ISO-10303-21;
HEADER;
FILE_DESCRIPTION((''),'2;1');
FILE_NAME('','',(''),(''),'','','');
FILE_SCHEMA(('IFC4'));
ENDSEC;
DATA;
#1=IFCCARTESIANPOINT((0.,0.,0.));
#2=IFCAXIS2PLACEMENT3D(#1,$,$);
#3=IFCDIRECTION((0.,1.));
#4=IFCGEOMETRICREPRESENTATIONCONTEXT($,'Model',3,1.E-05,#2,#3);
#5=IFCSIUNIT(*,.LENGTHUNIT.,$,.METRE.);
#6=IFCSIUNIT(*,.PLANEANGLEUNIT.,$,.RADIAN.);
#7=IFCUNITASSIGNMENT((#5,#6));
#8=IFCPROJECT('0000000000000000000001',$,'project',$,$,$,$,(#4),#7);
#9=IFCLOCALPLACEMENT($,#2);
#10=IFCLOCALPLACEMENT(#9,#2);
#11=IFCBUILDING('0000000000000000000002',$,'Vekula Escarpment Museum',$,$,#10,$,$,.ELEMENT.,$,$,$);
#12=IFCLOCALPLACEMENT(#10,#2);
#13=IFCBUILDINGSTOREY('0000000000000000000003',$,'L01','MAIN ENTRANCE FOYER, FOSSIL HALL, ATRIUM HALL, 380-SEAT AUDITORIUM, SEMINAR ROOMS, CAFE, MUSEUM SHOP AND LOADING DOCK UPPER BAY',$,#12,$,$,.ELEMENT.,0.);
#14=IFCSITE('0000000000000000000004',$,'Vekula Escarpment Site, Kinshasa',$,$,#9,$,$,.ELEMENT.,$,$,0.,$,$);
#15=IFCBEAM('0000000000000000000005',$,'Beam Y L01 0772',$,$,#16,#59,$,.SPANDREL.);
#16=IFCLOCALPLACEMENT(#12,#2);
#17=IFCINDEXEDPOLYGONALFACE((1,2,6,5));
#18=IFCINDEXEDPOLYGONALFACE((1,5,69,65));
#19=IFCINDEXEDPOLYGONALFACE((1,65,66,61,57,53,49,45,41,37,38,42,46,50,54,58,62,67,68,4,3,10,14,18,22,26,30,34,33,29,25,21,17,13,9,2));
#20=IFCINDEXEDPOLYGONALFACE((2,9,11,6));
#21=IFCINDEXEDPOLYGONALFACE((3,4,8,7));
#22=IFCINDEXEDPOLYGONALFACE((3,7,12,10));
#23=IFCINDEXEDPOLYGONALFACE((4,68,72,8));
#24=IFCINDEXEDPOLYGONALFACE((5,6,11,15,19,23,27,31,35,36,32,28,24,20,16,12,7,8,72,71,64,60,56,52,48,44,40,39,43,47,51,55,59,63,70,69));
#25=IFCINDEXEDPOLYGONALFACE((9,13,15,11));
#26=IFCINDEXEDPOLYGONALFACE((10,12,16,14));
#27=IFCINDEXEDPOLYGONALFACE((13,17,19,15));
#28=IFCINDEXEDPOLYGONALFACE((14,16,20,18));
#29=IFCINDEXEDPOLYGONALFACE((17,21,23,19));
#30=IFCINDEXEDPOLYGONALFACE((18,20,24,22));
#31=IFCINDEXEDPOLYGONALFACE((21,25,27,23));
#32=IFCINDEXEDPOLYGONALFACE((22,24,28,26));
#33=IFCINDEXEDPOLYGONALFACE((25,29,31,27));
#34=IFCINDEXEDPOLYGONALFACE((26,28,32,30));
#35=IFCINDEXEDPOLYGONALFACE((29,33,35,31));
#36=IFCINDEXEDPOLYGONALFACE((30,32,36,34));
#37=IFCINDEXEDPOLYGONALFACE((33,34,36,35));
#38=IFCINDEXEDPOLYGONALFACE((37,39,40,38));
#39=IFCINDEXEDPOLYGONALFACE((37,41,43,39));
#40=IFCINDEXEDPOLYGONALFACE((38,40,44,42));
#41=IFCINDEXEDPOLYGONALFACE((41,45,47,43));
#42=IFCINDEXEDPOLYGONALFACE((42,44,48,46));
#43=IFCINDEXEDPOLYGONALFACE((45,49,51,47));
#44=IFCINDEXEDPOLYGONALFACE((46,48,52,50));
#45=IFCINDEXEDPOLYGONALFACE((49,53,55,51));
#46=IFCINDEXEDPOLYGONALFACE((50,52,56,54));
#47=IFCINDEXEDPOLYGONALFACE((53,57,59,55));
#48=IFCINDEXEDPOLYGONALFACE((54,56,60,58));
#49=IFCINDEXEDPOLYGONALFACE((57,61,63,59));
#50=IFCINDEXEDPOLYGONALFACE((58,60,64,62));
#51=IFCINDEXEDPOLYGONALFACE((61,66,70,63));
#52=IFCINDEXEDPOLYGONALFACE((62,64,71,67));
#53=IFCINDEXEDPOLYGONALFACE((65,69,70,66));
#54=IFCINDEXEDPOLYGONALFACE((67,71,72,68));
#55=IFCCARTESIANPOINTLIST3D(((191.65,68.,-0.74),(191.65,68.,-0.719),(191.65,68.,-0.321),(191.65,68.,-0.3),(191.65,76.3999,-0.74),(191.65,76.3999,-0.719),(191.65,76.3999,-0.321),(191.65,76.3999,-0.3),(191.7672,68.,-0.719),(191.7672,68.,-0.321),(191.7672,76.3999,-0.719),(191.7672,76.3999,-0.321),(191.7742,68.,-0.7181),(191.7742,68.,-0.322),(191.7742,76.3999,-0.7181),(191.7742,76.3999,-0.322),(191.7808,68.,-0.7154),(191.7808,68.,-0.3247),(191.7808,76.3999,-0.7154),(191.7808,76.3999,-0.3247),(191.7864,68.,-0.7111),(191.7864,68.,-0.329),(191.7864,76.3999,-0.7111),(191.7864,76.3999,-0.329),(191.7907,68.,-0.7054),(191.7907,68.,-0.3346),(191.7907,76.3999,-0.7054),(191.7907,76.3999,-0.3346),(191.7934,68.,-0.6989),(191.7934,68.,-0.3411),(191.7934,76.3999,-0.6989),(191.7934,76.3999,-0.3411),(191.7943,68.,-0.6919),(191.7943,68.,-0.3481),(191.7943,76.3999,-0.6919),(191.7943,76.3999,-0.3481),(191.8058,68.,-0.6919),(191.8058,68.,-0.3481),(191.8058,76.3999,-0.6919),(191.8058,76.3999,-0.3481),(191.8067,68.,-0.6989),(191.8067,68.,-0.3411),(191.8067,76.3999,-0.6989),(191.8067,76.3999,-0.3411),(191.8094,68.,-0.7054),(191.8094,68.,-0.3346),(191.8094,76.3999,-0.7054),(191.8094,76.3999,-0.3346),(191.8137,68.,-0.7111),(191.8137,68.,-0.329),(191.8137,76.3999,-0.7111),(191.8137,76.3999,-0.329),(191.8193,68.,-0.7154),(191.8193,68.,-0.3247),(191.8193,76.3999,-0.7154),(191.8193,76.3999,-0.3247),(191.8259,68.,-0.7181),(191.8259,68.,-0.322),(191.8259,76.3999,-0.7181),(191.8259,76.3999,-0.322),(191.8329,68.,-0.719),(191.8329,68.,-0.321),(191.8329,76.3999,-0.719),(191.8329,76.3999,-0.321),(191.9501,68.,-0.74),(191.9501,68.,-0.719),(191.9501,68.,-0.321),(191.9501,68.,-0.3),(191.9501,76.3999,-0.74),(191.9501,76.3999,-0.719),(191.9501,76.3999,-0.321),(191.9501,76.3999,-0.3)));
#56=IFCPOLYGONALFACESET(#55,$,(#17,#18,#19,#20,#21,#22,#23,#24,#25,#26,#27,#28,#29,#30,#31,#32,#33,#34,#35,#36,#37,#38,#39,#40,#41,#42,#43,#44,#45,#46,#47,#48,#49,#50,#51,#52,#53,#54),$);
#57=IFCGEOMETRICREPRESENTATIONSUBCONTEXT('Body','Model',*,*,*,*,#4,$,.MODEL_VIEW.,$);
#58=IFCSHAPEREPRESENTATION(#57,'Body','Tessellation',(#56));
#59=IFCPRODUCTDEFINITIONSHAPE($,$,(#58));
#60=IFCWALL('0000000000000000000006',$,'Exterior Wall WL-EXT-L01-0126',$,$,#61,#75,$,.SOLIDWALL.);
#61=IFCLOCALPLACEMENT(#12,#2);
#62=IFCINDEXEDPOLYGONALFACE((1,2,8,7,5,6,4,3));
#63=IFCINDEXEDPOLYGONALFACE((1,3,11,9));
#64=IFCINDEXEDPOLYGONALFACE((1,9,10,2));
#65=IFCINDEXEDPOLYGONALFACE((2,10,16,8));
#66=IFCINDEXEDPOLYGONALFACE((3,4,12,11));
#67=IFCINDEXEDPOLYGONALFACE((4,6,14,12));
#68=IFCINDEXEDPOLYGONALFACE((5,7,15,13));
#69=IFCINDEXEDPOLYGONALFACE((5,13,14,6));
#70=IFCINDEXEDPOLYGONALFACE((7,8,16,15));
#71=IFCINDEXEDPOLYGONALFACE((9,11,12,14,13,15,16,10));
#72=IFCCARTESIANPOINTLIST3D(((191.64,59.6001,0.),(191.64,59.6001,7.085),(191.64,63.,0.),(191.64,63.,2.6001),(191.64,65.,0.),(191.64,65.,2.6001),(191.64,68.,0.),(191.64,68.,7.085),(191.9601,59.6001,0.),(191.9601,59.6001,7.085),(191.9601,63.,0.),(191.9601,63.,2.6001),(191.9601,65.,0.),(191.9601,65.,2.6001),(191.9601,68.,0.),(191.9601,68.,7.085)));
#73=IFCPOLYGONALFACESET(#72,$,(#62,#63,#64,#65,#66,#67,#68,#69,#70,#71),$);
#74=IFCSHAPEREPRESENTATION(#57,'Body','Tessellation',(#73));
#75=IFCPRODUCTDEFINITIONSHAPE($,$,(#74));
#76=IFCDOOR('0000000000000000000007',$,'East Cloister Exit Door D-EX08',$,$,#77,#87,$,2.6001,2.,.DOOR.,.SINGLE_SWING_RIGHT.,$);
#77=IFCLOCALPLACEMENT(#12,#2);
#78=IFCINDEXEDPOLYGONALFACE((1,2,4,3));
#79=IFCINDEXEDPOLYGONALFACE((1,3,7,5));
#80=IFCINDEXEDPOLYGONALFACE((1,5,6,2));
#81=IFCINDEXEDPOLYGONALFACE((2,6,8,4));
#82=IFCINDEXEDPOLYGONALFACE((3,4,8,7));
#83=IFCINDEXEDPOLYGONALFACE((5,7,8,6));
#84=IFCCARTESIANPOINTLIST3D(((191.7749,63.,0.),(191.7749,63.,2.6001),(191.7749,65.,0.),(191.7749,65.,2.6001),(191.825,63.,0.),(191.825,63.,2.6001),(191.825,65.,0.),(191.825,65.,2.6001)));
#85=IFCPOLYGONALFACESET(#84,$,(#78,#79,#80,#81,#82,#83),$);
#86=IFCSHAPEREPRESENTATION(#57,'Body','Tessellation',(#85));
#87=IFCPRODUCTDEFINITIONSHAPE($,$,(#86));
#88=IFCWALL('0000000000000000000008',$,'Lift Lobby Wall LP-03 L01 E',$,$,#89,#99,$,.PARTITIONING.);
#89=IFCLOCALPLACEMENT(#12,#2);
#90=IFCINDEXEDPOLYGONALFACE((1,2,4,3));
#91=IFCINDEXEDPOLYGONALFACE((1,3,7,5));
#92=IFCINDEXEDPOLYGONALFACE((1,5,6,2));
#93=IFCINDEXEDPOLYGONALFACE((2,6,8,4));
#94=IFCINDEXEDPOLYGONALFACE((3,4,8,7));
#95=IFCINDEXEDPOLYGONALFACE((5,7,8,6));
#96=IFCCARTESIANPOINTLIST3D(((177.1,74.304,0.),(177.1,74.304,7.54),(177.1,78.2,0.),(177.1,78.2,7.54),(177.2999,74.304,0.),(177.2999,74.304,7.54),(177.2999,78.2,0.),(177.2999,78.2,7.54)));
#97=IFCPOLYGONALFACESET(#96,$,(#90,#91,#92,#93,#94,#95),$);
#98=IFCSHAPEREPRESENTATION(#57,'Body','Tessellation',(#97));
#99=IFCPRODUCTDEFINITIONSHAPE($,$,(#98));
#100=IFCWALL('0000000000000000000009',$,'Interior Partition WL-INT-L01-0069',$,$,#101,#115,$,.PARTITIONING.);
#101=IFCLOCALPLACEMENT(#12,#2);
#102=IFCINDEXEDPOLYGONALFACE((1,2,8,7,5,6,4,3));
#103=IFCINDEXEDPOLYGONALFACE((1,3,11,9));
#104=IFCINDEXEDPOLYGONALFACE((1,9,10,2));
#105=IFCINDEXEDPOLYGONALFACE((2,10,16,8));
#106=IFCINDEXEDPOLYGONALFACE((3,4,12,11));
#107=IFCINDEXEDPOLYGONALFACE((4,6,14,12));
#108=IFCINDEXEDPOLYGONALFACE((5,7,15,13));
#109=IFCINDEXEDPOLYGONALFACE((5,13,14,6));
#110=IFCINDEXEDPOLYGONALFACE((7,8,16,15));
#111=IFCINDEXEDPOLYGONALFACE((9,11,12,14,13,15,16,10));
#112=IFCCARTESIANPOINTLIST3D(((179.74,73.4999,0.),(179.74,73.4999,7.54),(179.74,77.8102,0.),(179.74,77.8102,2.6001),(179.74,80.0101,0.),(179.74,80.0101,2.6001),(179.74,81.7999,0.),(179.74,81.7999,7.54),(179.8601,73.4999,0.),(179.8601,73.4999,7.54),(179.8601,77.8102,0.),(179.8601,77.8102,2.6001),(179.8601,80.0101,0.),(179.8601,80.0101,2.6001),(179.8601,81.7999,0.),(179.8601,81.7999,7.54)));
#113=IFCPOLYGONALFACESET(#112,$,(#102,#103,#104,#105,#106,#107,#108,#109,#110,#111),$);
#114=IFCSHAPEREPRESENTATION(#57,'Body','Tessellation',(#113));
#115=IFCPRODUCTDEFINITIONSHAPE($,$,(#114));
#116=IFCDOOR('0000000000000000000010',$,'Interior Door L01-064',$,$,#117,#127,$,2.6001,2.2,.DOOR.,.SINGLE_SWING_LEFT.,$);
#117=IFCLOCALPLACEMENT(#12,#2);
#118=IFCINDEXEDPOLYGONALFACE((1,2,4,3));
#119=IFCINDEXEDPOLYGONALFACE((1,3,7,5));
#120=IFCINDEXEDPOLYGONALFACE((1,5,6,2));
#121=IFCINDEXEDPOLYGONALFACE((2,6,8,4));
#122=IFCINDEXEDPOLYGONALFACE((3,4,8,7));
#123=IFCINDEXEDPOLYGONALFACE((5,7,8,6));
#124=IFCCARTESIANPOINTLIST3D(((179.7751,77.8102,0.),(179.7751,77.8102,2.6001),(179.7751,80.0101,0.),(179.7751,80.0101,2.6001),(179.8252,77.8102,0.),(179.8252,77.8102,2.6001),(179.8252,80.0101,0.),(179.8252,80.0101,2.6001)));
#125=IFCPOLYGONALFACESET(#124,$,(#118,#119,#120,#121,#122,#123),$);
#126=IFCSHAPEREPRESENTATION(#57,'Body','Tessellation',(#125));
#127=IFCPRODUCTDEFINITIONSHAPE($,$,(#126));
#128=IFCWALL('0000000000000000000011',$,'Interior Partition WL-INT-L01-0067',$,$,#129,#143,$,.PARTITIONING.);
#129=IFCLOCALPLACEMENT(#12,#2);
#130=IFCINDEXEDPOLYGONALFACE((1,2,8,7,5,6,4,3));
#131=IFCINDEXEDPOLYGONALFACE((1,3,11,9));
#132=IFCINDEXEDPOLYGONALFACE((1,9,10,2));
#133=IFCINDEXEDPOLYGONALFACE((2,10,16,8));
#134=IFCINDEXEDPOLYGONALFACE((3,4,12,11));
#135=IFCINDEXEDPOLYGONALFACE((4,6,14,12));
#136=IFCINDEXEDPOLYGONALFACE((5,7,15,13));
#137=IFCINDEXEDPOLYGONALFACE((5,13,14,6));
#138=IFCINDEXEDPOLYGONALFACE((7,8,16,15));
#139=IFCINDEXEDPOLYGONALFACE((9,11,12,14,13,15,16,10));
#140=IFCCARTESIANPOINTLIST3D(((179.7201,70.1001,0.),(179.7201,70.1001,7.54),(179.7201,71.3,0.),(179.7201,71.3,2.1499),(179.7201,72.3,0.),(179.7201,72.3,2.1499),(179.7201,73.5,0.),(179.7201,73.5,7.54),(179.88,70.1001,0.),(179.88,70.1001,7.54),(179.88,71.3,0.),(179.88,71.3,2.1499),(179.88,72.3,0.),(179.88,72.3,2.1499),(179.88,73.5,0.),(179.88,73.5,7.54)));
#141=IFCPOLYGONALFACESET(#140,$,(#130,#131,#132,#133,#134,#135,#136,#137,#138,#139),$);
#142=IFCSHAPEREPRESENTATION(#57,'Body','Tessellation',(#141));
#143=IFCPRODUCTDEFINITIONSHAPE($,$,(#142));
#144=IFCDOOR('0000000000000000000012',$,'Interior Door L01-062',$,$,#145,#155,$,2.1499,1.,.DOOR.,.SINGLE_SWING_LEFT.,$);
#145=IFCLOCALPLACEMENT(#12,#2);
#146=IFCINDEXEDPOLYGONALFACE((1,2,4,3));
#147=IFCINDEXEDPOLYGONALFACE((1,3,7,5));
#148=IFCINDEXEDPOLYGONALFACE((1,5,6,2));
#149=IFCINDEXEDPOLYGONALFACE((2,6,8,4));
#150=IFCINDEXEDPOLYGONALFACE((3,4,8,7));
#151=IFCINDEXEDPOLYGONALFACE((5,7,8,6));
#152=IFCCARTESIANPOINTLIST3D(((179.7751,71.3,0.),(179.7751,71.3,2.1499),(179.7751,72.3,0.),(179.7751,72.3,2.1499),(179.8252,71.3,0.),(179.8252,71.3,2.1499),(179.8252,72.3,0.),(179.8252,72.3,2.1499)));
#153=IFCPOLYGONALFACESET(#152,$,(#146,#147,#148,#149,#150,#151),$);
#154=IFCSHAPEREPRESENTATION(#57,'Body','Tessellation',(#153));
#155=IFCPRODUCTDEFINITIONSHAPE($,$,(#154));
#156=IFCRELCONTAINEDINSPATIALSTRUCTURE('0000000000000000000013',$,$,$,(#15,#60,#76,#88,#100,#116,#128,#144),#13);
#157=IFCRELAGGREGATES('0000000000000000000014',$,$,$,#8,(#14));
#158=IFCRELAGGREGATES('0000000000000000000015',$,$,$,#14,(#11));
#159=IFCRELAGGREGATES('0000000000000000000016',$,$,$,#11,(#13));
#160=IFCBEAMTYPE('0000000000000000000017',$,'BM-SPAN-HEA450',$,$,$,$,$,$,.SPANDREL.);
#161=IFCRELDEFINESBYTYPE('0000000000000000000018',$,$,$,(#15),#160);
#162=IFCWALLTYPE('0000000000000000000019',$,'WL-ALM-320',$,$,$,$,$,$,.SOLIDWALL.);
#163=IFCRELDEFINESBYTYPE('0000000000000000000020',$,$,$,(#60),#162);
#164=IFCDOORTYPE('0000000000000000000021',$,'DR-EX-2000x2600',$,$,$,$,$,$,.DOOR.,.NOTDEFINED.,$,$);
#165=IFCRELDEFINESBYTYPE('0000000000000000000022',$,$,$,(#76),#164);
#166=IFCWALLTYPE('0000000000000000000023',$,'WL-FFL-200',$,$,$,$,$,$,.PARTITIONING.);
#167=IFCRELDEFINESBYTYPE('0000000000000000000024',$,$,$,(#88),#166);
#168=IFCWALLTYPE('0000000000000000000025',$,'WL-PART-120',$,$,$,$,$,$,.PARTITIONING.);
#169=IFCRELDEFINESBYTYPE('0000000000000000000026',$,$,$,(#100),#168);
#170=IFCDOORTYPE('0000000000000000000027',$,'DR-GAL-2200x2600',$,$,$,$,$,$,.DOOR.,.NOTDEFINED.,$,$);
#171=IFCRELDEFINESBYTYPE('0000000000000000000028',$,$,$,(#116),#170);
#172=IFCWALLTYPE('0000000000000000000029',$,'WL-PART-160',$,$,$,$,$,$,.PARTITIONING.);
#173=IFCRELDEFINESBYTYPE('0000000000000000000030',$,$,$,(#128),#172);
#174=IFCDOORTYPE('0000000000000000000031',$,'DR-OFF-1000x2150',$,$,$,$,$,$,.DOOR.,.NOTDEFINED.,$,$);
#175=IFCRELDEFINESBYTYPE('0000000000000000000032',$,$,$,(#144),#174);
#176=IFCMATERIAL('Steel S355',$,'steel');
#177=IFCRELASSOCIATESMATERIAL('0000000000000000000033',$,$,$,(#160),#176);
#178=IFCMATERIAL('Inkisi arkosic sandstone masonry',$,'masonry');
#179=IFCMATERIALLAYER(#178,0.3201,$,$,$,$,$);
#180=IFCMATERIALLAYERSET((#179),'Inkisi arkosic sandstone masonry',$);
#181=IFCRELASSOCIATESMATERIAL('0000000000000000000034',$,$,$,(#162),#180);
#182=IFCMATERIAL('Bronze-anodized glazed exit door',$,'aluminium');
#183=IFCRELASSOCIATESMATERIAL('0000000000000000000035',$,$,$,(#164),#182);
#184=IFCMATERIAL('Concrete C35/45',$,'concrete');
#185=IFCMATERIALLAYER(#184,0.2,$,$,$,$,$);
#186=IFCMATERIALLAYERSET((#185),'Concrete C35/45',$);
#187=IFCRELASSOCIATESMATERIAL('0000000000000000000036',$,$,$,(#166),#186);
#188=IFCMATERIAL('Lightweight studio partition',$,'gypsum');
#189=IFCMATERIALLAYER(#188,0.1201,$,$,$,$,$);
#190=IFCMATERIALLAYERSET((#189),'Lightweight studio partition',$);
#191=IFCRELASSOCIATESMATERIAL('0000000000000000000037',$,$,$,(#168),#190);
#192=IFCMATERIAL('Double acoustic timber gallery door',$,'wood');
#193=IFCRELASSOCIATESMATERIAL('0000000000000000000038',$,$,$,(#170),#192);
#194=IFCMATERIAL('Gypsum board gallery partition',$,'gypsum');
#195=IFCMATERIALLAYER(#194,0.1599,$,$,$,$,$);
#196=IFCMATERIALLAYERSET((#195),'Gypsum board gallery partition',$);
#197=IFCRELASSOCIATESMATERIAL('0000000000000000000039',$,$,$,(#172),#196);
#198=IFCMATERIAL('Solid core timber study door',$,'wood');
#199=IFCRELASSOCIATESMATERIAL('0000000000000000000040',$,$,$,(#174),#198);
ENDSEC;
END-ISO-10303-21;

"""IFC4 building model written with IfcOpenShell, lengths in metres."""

from ifc_helpers import new_model, si_unit, direction, frame, frame_2d, origin, origin_2d, place, context, subcontext, project, spatial, rectangle, i_section, extrude, material, layer, layer_set, material_profile, profile_set, type_object, element, fill, save


model = new_model("IFC4")

# Units and contexts
model_context = context("Model", 3, precision=1e-05, world=origin(), true_north=direction((0.0, 1.0)))
body_context = subcontext(model_context, "Body", "Model", "MODEL_VIEW")
ifc_project = project(units=[si_unit("LENGTHUNIT", "METRE"), si_unit("PLANEANGLEUNIT", "RADIAN")], contexts=[model_context])

# Site, building, storey
site_placement = place(None, origin())
site = spatial("IfcSite", under=ifc_project, at=site_placement, Name="Vekula Escarpment Site, Kinshasa", CompositionType="ELEMENT", RefElevation=0.0)
building_placement = place(site_placement, origin())
building = spatial("IfcBuilding", under=site, at=building_placement, Name="Vekula Escarpment Museum", CompositionType="ELEMENT")
storey_placement = place(building_placement, origin())
storey = spatial("IfcBuildingStorey", under=building, at=storey_placement, Name="L01", Description="MAIN ENTRANCE FOYER, FOSSIL HALL, ATRIUM HALL, 380-SEAT AUDITORIUM, SEMINAR ROOMS, CAFE, MUSEUM SHOP AND LOADING DOCK UPPER BAY", CompositionType="ELEMENT", Elevation=0.0)

# Beam
ifc_material_1 = material(Name="Steel S355", Category="steel")
ifc_material_profile_1 = material_profile(ifc_material_1, i_section(OverallWidth=0.3, OverallDepth=0.4399, WebThickness=0.0115, FlangeThickness=0.021, FilletRadius=0.0271, at=origin_2d()), Name="HEA 450")
ifc_profile_set_1 = profile_set([ifc_material_profile_1], Name="Steel S355")
beam_type_1 = type_object("IfcBeamType", Name="BM-SPAN-HEA450", PredefinedType="SPANDREL", material=ifc_profile_set_1)
beam_1_placement = place(storey_placement, frame((191.8, 68.0, -0.52), z_axis=(0.0, 1.0, 0.0), x_axis=(-1.0, 0.0, 0.0)))
element("IfcBeam", 1, at=beam_1_placement, inside=storey, type_object=beam_type_1, Name="Beam Y L01 0772", PredefinedType="SPANDREL", context=body_context, shape_type="SweptSolid", body=[
    extrude(i_section(OverallWidth=0.3, OverallDepth=0.4399, WebThickness=0.0115, FlangeThickness=0.021, FilletRadius=0.0271, at=origin_2d()), origin(), (0.0, 0.0, 1.0), 8.3999),
])

# Wall, opening, door
ifc_material_2 = material(Name="Inkisi arkosic sandstone masonry", Category="masonry")
ifc_layer_1 = layer(ifc_material_2, 0.3201)
ifc_layer_set_1 = layer_set([ifc_layer_1], Name="Inkisi arkosic sandstone masonry")
wall_type_1 = type_object("IfcWallType", Name="WL-ALM-320", PredefinedType="SOLIDWALL", material=ifc_layer_set_1)
wall_1_placement = place(storey_placement, frame((191.8, 68.0, 0.0), z_axis=(0.0, 0.0, 1.0), x_axis=(0.0, -1.0, 0.0)))
wall_1 = element("IfcWall", 2, at=wall_1_placement, inside=storey, type_object=wall_type_1, Name="Exterior Wall WL-EXT-L01-0126", PredefinedType="SOLIDWALL", context=body_context, shape_type="SweptSolid", body=[
    extrude(rectangle(XDim=8.3999, YDim=0.3201, at=frame_2d((4.2, 0.0))), origin(), (0.0, 0.0, 1.0), 7.085),
])
opening_1_placement = place(wall_1_placement, frame((3.0, 0.0, 0.0)))
opening_1 = element("IfcOpeningElement", 3, at=opening_1_placement, cuts=wall_1, PredefinedType="OPENING", context=body_context, shape_type="SweptSolid", body=[
    extrude(rectangle(XDim=2.0, YDim=2.6001, at=frame_2d((1.0, 1.3))), frame((0.0, 0.1699, 0.0), z_axis=(0.0, -1.0, 0.0), x_axis=(1.0, 0.0, 0.0)), (0.0, 0.0, 1.0), 0.3401),
])
ifc_material_3 = material(Name="Bronze-anodized glazed exit door", Category="aluminium")
door_type_1 = type_object("IfcDoorType", Name="DR-EX-2000x2600", OperationType="NOTDEFINED", PredefinedType="DOOR", material=ifc_material_3)
door_1_placement = place(opening_1_placement, origin())
door_1 = element("IfcDoor", 4, at=door_1_placement, inside=storey, type_object=door_type_1, Name="East Cloister Exit Door D-EX08", OperationType="SINGLE_SWING_RIGHT", OverallHeight=2.6001, OverallWidth=2.0, PredefinedType="DOOR", context=body_context, shape_type="SweptSolid", body=[
    extrude(rectangle(XDim=2.0, YDim=2.6001, at=frame_2d((1.0, 1.3))), frame((0.0, 0.0249, 0.0), z_axis=(0.0, -1.0, 0.0), x_axis=(1.0, 0.0, 0.0)), (0.0, 0.0, 1.0), 0.05),
])
fill(opening_1, door_1)

# Wall
ifc_material_4 = material(Name="Concrete C35/45", Category="concrete")
ifc_layer_2 = layer(ifc_material_4, 0.2)
ifc_layer_set_2 = layer_set([ifc_layer_2], Name="Concrete C35/45")
wall_type_2 = type_object("IfcWallType", Name="WL-FFL-200", PredefinedType="PARTITIONING", material=ifc_layer_set_2)
wall_2_placement = place(storey_placement, frame((177.2, 74.304, 0.0), z_axis=(0.0, 0.0, 1.0), x_axis=(0.0, 1.0, 0.0)))
element("IfcWall", 5, at=wall_2_placement, inside=storey, type_object=wall_type_2, Name="Lift Lobby Wall LP-03 L01 E", PredefinedType="PARTITIONING", context=body_context, shape_type="SweptSolid", body=[
    extrude(rectangle(XDim=3.896, YDim=0.2, at=frame_2d((1.948, 0.0))), origin(), (0.0, 0.0, 1.0), 7.54),
])

# Walls, openings, doors
ifc_material_5 = material(Name="Lightweight studio partition", Category="gypsum")
ifc_layer_3 = layer(ifc_material_5, 0.1201)
ifc_layer_set_3 = layer_set([ifc_layer_3], Name="Lightweight studio partition")
wall_type_3 = type_object("IfcWallType", Name="WL-PART-120", PredefinedType="PARTITIONING", material=ifc_layer_set_3)
wall_3_placement = place(storey_placement, frame((179.8, 73.5, 0.0), z_axis=(0.0, 0.0, 1.0), x_axis=(0.0, 1.0, 0.0)))
wall_3 = element("IfcWall", 6, at=wall_3_placement, inside=storey, type_object=wall_type_3, Name="Interior Partition WL-INT-L01-0069", PredefinedType="PARTITIONING", context=body_context, shape_type="SweptSolid", body=[
    extrude(rectangle(XDim=8.3, YDim=0.1201, at=frame_2d((4.1499, 0.0))), origin(), (0.0, 0.0, 1.0), 7.54),
])
opening_2_placement = place(wall_3_placement, frame((4.3101, 0.0, 0.0)))
opening_2 = element("IfcOpeningElement", 7, at=opening_2_placement, cuts=wall_3, PredefinedType="OPENING", context=body_context, shape_type="SweptSolid", body=[
    extrude(rectangle(XDim=2.2, YDim=2.6001, at=frame_2d((1.1001, 1.3))), frame((0.0, 0.0701, 0.0), z_axis=(0.0, -1.0, 0.0), x_axis=(1.0, 0.0, 0.0)), (0.0, 0.0, 1.0), 0.1401),
])
ifc_material_6 = material(Name="Double acoustic timber gallery door", Category="wood")
door_type_2 = type_object("IfcDoorType", Name="DR-GAL-2200x2600", OperationType="NOTDEFINED", PredefinedType="DOOR", material=ifc_material_6)
door_2_placement = place(opening_2_placement, origin())
door_2 = element("IfcDoor", 8, at=door_2_placement, inside=storey, type_object=door_type_2, Name="Interior Door L01-064", OperationType="SINGLE_SWING_LEFT", OverallHeight=2.6001, OverallWidth=2.2, PredefinedType="DOOR", context=body_context, shape_type="SweptSolid", body=[
    extrude(rectangle(XDim=2.2, YDim=2.6001, at=frame_2d((1.1001, 1.3))), frame((0.0, 0.0249, 0.0), z_axis=(0.0, -1.0, 0.0), x_axis=(1.0, 0.0, 0.0)), (0.0, 0.0, 1.0), 0.05),
])
fill(opening_2, door_2)
ifc_material_7 = material(Name="Gypsum board gallery partition", Category="gypsum")
ifc_layer_4 = layer(ifc_material_7, 0.1599)
ifc_layer_set_4 = layer_set([ifc_layer_4], Name="Gypsum board gallery partition")
wall_type_4 = type_object("IfcWallType", Name="WL-PART-160", PredefinedType="PARTITIONING", material=ifc_layer_set_4)
wall_4_placement = place(storey_placement, frame((179.8, 70.1001, 0.0), z_axis=(0.0, 0.0, 1.0), x_axis=(0.0, 1.0, 0.0)))
wall_4 = element("IfcWall", 9, at=wall_4_placement, inside=storey, type_object=wall_type_4, Name="Interior Partition WL-INT-L01-0067", PredefinedType="PARTITIONING", context=body_context, shape_type="SweptSolid", body=[
    extrude(rectangle(XDim=3.3999, YDim=0.1599, at=frame_2d((1.7, 0.0))), origin(), (0.0, 0.0, 1.0), 7.54),
])
opening_3_placement = place(wall_4_placement, frame((1.2, 0.0, 0.0)))
opening_3 = element("IfcOpeningElement", 10, at=opening_3_placement, cuts=wall_4, PredefinedType="OPENING", context=body_context, shape_type="SweptSolid", body=[
    extrude(rectangle(XDim=1.0, YDim=2.1499, at=frame_2d((0.5, 1.075))), frame((0.0, 0.0898, 0.0), z_axis=(0.0, -1.0, 0.0), x_axis=(1.0, 0.0, 0.0)), (0.0, 0.0, 1.0), 0.1799),
])
ifc_material_8 = material(Name="Solid core timber study door", Category="wood")
door_type_3 = type_object("IfcDoorType", Name="DR-OFF-1000x2150", OperationType="NOTDEFINED", PredefinedType="DOOR", material=ifc_material_8)
door_3_placement = place(opening_3_placement, origin())
door_3 = element("IfcDoor", 11, at=door_3_placement, inside=storey, type_object=door_type_3, Name="Interior Door L01-062", OperationType="SINGLE_SWING_LEFT", OverallHeight=2.1499, OverallWidth=1.0, PredefinedType="DOOR", context=body_context, shape_type="SweptSolid", body=[
    extrude(rectangle(XDim=1.0, YDim=2.1499, at=frame_2d((0.5, 1.075))), frame((0.0, 0.0249, 0.0), z_axis=(0.0, -1.0, 0.0), x_axis=(1.0, 0.0, 0.0)), (0.0, 0.0, 1.0), 0.05),
])
fill(opening_3, door_3)

save(model, "model.ifc")
